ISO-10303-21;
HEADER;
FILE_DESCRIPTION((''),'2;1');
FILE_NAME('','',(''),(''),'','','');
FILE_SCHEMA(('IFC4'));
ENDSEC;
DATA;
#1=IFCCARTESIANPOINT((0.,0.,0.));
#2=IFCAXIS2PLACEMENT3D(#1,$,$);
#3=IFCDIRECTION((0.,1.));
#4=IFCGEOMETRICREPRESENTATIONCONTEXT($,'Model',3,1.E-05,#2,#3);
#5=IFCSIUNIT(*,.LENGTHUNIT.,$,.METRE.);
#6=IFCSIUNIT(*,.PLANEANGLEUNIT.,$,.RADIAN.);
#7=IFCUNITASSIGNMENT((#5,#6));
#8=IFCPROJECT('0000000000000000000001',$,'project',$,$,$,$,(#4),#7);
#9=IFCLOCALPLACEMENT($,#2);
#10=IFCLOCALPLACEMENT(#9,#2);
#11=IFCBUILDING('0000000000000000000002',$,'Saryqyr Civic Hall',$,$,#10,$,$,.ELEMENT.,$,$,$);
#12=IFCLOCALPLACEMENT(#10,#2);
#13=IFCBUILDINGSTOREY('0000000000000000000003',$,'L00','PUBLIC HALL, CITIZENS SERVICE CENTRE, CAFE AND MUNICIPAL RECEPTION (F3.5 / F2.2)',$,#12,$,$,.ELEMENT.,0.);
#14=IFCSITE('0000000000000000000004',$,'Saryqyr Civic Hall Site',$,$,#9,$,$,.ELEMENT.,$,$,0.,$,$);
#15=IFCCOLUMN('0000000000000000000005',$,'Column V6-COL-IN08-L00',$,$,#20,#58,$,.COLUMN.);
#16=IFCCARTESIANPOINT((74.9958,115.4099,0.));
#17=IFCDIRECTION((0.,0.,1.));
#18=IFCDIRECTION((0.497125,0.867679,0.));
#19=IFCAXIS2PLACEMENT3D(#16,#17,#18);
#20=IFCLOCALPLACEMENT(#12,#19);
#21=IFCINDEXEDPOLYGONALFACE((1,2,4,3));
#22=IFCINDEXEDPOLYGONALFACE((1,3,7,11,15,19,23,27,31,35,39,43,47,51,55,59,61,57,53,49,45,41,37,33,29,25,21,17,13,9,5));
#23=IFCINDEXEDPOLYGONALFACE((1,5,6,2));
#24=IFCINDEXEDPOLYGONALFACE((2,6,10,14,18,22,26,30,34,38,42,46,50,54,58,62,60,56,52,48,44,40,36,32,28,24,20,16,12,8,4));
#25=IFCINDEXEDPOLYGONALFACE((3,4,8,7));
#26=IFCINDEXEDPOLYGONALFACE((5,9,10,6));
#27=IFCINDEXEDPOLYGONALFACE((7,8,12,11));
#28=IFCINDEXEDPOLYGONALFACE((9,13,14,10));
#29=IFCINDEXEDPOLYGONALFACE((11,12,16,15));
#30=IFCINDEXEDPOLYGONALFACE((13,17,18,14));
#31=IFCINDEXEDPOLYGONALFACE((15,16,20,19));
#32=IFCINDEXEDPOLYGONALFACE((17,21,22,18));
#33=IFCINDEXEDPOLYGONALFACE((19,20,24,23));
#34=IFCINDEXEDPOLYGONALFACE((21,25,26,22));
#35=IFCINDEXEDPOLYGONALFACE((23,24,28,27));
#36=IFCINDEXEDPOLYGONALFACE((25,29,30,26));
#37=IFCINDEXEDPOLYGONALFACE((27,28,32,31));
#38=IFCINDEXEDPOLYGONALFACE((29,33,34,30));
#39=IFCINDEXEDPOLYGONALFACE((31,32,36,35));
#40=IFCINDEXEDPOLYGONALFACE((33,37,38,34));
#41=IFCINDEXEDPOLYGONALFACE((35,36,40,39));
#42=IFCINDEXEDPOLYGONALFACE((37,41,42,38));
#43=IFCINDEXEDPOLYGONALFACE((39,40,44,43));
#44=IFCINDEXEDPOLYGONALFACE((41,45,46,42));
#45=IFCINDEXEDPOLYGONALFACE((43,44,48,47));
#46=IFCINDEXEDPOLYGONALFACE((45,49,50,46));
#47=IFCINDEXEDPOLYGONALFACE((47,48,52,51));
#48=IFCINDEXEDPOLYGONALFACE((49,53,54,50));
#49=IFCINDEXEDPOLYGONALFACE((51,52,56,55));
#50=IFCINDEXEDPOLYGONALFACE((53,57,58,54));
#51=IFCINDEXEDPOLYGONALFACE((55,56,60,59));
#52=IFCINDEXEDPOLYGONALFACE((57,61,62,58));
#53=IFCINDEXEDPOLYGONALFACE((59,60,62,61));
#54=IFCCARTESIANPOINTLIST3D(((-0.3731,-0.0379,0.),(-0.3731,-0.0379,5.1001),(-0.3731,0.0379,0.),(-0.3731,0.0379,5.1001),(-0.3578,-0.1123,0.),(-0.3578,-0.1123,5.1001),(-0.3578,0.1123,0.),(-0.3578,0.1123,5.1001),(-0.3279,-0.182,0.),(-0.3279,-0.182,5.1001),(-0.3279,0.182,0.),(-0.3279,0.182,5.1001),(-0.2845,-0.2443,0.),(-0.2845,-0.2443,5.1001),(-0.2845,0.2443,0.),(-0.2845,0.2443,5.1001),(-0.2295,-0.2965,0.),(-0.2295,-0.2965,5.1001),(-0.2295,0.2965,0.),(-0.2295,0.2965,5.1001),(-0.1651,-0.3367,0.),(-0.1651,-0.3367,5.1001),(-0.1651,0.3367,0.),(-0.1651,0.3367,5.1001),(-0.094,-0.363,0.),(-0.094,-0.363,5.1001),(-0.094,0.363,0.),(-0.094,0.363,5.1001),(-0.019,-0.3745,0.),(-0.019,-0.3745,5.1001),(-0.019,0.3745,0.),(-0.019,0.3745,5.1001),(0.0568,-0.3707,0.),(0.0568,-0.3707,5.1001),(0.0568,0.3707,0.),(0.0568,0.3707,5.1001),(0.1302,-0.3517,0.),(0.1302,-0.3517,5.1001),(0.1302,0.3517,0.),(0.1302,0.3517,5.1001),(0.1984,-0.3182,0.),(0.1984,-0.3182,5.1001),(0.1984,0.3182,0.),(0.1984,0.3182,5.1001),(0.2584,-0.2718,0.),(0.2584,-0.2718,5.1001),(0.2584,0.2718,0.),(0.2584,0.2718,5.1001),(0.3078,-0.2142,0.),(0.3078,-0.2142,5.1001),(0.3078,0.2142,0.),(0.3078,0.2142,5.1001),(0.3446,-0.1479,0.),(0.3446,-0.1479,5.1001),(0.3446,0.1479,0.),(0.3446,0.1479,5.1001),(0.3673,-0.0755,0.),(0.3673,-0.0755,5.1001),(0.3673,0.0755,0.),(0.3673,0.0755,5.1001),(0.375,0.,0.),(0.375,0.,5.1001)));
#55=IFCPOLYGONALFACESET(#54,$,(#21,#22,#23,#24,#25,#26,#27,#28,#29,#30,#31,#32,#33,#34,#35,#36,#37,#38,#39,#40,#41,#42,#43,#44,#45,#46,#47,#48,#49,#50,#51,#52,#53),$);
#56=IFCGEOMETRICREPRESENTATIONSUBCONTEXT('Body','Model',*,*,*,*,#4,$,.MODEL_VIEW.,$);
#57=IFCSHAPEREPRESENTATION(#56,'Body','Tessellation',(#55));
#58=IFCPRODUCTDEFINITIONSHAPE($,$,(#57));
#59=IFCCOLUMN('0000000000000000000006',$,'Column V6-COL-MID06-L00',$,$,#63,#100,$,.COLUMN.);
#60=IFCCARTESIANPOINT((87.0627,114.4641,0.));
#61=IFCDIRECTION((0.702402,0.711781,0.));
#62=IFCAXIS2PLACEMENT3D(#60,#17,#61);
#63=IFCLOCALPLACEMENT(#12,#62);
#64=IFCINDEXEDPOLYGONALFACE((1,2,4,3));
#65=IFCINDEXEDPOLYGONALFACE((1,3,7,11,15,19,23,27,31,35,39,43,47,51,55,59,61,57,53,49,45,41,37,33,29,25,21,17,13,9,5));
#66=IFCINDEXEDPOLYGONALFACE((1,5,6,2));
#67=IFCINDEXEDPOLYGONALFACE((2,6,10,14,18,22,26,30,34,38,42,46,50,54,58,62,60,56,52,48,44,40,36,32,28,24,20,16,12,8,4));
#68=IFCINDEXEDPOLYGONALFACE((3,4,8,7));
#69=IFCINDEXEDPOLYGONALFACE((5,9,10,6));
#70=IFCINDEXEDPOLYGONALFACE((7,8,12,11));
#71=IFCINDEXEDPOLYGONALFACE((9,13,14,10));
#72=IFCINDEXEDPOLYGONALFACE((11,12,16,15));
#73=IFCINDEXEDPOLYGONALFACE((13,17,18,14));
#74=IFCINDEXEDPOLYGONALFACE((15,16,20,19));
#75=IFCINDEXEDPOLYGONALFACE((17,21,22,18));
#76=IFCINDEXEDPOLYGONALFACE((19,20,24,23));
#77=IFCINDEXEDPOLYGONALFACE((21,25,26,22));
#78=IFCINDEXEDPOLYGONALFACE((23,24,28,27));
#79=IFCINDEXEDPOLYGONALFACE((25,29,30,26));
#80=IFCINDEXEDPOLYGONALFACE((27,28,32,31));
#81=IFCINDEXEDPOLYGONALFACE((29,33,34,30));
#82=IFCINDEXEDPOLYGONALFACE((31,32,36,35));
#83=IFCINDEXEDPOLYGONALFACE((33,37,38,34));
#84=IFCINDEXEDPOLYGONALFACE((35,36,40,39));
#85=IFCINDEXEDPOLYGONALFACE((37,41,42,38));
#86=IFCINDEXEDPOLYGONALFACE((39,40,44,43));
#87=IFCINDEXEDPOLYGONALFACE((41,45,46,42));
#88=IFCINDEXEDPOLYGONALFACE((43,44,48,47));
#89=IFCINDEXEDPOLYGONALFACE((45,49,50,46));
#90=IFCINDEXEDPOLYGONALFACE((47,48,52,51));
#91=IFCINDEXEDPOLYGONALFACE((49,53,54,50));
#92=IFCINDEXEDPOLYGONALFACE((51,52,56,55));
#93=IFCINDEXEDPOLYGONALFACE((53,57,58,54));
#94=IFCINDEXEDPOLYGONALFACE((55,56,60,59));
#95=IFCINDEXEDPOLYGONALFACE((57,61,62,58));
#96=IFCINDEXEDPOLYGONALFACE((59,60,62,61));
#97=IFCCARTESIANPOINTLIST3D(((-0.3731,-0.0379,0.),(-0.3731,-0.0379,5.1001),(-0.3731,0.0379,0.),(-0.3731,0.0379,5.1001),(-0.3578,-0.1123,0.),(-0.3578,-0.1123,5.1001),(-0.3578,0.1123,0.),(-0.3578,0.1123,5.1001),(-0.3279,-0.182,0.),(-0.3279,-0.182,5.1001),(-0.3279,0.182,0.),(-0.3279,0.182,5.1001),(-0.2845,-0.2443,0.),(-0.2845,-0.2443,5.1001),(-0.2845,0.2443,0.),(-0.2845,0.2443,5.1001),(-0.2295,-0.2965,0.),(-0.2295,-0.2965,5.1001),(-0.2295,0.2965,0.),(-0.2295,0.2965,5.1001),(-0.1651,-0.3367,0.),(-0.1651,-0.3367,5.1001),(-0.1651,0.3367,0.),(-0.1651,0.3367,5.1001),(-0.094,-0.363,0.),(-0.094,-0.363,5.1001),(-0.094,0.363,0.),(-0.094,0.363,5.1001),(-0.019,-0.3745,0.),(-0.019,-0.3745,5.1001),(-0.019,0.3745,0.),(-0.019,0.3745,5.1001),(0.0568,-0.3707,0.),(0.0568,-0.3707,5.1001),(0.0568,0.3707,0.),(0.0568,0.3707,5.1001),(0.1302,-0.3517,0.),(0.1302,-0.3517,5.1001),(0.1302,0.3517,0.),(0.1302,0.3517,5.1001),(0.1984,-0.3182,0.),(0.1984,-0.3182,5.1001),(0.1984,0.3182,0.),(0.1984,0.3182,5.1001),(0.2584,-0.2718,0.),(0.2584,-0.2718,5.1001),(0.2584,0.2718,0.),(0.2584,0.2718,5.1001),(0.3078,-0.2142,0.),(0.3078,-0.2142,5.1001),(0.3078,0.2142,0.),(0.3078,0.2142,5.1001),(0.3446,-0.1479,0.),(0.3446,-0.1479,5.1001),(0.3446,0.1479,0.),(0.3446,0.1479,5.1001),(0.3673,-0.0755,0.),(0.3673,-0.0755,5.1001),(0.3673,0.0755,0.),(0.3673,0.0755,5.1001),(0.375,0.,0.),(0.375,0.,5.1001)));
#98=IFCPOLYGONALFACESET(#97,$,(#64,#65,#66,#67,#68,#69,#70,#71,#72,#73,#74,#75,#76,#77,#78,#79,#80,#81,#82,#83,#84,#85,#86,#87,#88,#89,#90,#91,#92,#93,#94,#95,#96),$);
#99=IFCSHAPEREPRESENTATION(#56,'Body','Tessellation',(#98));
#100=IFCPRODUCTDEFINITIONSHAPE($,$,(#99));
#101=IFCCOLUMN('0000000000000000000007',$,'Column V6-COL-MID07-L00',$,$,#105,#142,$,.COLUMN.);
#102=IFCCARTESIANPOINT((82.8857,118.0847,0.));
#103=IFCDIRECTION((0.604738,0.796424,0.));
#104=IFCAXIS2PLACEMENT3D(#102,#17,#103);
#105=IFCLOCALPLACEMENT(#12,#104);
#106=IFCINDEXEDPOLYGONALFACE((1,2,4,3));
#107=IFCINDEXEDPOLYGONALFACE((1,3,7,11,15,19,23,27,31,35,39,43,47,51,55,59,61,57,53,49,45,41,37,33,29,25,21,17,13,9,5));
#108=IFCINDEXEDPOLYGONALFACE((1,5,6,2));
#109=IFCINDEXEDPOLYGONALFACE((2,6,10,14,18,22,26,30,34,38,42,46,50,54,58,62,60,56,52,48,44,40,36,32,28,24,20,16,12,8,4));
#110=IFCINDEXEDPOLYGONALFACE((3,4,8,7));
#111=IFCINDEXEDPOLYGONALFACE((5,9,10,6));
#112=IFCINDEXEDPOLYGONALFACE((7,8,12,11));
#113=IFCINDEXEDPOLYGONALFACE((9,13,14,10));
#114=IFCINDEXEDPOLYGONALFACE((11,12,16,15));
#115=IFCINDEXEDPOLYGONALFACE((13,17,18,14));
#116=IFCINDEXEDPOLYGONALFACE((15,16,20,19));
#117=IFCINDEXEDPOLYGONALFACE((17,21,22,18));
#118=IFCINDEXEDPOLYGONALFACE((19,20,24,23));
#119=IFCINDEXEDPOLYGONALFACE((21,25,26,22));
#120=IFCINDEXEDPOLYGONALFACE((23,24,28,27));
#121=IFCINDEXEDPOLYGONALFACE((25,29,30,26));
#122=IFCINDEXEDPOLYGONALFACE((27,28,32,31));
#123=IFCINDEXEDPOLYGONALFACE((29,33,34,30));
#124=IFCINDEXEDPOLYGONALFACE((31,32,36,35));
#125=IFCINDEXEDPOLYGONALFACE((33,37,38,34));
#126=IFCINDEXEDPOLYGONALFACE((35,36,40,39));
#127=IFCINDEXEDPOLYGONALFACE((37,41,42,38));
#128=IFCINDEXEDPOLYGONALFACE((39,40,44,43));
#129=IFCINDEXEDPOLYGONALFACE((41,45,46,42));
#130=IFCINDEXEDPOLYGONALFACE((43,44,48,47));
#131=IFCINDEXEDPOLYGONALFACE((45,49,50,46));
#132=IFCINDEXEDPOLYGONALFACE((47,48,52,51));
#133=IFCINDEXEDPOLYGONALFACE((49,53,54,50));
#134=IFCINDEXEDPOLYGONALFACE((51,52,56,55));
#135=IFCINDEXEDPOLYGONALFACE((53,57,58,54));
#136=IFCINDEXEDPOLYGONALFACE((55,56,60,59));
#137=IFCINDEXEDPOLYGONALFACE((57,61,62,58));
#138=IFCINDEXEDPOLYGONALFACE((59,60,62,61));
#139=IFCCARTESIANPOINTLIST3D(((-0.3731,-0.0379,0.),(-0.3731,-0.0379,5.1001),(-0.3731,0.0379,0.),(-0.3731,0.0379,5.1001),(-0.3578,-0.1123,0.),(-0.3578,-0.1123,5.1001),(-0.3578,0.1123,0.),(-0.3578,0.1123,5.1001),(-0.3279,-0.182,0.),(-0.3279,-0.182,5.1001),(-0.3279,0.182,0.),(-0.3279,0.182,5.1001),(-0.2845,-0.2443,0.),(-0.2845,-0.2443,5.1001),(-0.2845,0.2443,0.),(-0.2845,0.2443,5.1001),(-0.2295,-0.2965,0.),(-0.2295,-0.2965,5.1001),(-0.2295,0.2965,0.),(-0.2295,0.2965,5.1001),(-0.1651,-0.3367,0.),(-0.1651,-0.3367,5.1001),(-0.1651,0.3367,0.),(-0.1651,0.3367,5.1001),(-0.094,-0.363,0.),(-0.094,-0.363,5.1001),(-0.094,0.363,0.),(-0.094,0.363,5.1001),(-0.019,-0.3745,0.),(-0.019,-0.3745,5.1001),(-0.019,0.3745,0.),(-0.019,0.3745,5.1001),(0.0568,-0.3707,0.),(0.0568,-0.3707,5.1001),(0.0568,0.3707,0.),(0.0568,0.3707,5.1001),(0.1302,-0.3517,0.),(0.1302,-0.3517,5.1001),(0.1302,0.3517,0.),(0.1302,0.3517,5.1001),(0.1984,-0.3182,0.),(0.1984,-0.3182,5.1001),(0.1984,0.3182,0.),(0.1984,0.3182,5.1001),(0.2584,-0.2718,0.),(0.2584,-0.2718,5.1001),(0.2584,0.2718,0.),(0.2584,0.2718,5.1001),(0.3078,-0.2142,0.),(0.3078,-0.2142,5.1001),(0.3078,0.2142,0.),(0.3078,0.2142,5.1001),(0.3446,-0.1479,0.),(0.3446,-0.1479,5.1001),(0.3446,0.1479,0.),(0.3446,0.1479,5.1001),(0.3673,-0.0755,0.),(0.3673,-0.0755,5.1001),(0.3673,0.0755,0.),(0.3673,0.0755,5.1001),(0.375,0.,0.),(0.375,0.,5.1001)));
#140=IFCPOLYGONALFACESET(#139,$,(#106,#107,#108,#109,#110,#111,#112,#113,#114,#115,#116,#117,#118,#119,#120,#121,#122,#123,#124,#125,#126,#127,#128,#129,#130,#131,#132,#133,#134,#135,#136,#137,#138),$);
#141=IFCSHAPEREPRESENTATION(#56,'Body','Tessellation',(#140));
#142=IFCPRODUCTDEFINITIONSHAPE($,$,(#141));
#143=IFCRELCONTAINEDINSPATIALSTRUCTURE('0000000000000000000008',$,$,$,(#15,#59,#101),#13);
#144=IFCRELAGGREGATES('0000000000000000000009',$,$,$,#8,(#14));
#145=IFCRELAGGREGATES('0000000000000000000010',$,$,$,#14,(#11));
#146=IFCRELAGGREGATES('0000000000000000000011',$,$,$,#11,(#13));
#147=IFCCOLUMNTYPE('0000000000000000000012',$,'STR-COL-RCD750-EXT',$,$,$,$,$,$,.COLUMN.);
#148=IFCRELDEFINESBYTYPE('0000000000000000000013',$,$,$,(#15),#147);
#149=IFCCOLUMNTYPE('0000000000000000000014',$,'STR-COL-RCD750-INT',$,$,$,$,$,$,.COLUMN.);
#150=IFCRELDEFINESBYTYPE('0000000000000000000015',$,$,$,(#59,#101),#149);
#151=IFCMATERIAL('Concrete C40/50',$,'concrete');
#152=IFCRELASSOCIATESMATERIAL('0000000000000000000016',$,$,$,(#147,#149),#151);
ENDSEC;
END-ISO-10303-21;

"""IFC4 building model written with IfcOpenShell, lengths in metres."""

from ifc_helpers import new_model, si_unit, direction, frame, origin, origin_2d, place, context, subcontext, project, spatial, circle, extrude, material, material_profile, profile_set, type_object, element, save


model = new_model("IFC4")

# Units and contexts
model_context = context("Model", 3, precision=1e-05, world=origin(), true_north=direction((0.0, 1.0)))
body_context = subcontext(model_context, "Body", "Model", "MODEL_VIEW")
ifc_project = project(units=[si_unit("LENGTHUNIT", "METRE"), si_unit("PLANEANGLEUNIT", "RADIAN")], contexts=[model_context])

# Site, building, storey
site_placement = place(None, origin())
site = spatial("IfcSite", under=ifc_project, at=site_placement, Name="Saryqyr Civic Hall Site", CompositionType="ELEMENT", RefElevation=0.0)
building_placement = place(site_placement, origin())
building = spatial("IfcBuilding", under=site, at=building_placement, Name="Saryqyr Civic Hall", CompositionType="ELEMENT")
storey_placement = place(building_placement, origin())
storey = spatial("IfcBuildingStorey", under=building, at=storey_placement, Name="L00", Description="PUBLIC HALL, CITIZENS SERVICE CENTRE, CAFE AND MUNICIPAL RECEPTION (F3.5 / F2.2)", CompositionType="ELEMENT", Elevation=0.0)

# Columns
ifc_material_1 = material(Name="Concrete C40/50", Category="concrete")
ifc_material_profile_1 = material_profile(ifc_material_1, circle(Radius=0.375, at=origin_2d()), Name="RC D750")
ifc_profile_set_1 = profile_set([ifc_material_profile_1], Name="Concrete C40/50")
column_type_1 = type_object("IfcColumnType", Name="STR-COL-RCD750-EXT", PredefinedType="COLUMN", material=ifc_profile_set_1)
column_placement = place(storey_placement, frame((74.9958, 115.4099, 0.0), z_axis=(0.0, 0.0, 1.0), x_axis=(0.497125, 0.867679, 0.0)))
element("IfcColumn", 1, at=column_placement, inside=storey, type_object=column_type_1, Name="Column V6-COL-IN08-L00", PredefinedType="COLUMN", context=body_context, shape_type="SweptSolid", body=[
    extrude(circle(Radius=0.375, at=origin_2d()), origin(), (0.0, 0.0, 1.0), 5.1001),
])
ifc_material_profile_2 = material_profile(ifc_material_1, circle(Radius=0.375, at=origin_2d()), Name="RC D750")
ifc_profile_set_2 = profile_set([ifc_material_profile_2], Name="Concrete C40/50")
column_type_2 = type_object("IfcColumnType", Name="STR-COL-RCD750-INT", PredefinedType="COLUMN", material=ifc_profile_set_2)
for number, where, z_axis, x_axis, name in (
    (2, (87.0627, 114.4641, 0.0), (0.0, 0.0, 1.0), (0.702402, 0.711781, 0.0), "Column V6-COL-MID06-L00"),
    (3, (82.8857, 118.0847, 0.0), (0.0, 0.0, 1.0), (0.604738, 0.796424, 0.0), "Column V6-COL-MID07-L00"),
):
    element("IfcColumn", number, at=place(storey_placement, frame(where, z_axis=z_axis, x_axis=x_axis)), inside=storey, type_object=column_type_2, Name=name, PredefinedType="COLUMN", context=body_context, shape_type="SweptSolid", body=[
        extrude(circle(Radius=0.375, at=origin_2d()), origin(), (0.0, 0.0, 1.0), 5.1001),
    ])

save(model, "model.ifc")
